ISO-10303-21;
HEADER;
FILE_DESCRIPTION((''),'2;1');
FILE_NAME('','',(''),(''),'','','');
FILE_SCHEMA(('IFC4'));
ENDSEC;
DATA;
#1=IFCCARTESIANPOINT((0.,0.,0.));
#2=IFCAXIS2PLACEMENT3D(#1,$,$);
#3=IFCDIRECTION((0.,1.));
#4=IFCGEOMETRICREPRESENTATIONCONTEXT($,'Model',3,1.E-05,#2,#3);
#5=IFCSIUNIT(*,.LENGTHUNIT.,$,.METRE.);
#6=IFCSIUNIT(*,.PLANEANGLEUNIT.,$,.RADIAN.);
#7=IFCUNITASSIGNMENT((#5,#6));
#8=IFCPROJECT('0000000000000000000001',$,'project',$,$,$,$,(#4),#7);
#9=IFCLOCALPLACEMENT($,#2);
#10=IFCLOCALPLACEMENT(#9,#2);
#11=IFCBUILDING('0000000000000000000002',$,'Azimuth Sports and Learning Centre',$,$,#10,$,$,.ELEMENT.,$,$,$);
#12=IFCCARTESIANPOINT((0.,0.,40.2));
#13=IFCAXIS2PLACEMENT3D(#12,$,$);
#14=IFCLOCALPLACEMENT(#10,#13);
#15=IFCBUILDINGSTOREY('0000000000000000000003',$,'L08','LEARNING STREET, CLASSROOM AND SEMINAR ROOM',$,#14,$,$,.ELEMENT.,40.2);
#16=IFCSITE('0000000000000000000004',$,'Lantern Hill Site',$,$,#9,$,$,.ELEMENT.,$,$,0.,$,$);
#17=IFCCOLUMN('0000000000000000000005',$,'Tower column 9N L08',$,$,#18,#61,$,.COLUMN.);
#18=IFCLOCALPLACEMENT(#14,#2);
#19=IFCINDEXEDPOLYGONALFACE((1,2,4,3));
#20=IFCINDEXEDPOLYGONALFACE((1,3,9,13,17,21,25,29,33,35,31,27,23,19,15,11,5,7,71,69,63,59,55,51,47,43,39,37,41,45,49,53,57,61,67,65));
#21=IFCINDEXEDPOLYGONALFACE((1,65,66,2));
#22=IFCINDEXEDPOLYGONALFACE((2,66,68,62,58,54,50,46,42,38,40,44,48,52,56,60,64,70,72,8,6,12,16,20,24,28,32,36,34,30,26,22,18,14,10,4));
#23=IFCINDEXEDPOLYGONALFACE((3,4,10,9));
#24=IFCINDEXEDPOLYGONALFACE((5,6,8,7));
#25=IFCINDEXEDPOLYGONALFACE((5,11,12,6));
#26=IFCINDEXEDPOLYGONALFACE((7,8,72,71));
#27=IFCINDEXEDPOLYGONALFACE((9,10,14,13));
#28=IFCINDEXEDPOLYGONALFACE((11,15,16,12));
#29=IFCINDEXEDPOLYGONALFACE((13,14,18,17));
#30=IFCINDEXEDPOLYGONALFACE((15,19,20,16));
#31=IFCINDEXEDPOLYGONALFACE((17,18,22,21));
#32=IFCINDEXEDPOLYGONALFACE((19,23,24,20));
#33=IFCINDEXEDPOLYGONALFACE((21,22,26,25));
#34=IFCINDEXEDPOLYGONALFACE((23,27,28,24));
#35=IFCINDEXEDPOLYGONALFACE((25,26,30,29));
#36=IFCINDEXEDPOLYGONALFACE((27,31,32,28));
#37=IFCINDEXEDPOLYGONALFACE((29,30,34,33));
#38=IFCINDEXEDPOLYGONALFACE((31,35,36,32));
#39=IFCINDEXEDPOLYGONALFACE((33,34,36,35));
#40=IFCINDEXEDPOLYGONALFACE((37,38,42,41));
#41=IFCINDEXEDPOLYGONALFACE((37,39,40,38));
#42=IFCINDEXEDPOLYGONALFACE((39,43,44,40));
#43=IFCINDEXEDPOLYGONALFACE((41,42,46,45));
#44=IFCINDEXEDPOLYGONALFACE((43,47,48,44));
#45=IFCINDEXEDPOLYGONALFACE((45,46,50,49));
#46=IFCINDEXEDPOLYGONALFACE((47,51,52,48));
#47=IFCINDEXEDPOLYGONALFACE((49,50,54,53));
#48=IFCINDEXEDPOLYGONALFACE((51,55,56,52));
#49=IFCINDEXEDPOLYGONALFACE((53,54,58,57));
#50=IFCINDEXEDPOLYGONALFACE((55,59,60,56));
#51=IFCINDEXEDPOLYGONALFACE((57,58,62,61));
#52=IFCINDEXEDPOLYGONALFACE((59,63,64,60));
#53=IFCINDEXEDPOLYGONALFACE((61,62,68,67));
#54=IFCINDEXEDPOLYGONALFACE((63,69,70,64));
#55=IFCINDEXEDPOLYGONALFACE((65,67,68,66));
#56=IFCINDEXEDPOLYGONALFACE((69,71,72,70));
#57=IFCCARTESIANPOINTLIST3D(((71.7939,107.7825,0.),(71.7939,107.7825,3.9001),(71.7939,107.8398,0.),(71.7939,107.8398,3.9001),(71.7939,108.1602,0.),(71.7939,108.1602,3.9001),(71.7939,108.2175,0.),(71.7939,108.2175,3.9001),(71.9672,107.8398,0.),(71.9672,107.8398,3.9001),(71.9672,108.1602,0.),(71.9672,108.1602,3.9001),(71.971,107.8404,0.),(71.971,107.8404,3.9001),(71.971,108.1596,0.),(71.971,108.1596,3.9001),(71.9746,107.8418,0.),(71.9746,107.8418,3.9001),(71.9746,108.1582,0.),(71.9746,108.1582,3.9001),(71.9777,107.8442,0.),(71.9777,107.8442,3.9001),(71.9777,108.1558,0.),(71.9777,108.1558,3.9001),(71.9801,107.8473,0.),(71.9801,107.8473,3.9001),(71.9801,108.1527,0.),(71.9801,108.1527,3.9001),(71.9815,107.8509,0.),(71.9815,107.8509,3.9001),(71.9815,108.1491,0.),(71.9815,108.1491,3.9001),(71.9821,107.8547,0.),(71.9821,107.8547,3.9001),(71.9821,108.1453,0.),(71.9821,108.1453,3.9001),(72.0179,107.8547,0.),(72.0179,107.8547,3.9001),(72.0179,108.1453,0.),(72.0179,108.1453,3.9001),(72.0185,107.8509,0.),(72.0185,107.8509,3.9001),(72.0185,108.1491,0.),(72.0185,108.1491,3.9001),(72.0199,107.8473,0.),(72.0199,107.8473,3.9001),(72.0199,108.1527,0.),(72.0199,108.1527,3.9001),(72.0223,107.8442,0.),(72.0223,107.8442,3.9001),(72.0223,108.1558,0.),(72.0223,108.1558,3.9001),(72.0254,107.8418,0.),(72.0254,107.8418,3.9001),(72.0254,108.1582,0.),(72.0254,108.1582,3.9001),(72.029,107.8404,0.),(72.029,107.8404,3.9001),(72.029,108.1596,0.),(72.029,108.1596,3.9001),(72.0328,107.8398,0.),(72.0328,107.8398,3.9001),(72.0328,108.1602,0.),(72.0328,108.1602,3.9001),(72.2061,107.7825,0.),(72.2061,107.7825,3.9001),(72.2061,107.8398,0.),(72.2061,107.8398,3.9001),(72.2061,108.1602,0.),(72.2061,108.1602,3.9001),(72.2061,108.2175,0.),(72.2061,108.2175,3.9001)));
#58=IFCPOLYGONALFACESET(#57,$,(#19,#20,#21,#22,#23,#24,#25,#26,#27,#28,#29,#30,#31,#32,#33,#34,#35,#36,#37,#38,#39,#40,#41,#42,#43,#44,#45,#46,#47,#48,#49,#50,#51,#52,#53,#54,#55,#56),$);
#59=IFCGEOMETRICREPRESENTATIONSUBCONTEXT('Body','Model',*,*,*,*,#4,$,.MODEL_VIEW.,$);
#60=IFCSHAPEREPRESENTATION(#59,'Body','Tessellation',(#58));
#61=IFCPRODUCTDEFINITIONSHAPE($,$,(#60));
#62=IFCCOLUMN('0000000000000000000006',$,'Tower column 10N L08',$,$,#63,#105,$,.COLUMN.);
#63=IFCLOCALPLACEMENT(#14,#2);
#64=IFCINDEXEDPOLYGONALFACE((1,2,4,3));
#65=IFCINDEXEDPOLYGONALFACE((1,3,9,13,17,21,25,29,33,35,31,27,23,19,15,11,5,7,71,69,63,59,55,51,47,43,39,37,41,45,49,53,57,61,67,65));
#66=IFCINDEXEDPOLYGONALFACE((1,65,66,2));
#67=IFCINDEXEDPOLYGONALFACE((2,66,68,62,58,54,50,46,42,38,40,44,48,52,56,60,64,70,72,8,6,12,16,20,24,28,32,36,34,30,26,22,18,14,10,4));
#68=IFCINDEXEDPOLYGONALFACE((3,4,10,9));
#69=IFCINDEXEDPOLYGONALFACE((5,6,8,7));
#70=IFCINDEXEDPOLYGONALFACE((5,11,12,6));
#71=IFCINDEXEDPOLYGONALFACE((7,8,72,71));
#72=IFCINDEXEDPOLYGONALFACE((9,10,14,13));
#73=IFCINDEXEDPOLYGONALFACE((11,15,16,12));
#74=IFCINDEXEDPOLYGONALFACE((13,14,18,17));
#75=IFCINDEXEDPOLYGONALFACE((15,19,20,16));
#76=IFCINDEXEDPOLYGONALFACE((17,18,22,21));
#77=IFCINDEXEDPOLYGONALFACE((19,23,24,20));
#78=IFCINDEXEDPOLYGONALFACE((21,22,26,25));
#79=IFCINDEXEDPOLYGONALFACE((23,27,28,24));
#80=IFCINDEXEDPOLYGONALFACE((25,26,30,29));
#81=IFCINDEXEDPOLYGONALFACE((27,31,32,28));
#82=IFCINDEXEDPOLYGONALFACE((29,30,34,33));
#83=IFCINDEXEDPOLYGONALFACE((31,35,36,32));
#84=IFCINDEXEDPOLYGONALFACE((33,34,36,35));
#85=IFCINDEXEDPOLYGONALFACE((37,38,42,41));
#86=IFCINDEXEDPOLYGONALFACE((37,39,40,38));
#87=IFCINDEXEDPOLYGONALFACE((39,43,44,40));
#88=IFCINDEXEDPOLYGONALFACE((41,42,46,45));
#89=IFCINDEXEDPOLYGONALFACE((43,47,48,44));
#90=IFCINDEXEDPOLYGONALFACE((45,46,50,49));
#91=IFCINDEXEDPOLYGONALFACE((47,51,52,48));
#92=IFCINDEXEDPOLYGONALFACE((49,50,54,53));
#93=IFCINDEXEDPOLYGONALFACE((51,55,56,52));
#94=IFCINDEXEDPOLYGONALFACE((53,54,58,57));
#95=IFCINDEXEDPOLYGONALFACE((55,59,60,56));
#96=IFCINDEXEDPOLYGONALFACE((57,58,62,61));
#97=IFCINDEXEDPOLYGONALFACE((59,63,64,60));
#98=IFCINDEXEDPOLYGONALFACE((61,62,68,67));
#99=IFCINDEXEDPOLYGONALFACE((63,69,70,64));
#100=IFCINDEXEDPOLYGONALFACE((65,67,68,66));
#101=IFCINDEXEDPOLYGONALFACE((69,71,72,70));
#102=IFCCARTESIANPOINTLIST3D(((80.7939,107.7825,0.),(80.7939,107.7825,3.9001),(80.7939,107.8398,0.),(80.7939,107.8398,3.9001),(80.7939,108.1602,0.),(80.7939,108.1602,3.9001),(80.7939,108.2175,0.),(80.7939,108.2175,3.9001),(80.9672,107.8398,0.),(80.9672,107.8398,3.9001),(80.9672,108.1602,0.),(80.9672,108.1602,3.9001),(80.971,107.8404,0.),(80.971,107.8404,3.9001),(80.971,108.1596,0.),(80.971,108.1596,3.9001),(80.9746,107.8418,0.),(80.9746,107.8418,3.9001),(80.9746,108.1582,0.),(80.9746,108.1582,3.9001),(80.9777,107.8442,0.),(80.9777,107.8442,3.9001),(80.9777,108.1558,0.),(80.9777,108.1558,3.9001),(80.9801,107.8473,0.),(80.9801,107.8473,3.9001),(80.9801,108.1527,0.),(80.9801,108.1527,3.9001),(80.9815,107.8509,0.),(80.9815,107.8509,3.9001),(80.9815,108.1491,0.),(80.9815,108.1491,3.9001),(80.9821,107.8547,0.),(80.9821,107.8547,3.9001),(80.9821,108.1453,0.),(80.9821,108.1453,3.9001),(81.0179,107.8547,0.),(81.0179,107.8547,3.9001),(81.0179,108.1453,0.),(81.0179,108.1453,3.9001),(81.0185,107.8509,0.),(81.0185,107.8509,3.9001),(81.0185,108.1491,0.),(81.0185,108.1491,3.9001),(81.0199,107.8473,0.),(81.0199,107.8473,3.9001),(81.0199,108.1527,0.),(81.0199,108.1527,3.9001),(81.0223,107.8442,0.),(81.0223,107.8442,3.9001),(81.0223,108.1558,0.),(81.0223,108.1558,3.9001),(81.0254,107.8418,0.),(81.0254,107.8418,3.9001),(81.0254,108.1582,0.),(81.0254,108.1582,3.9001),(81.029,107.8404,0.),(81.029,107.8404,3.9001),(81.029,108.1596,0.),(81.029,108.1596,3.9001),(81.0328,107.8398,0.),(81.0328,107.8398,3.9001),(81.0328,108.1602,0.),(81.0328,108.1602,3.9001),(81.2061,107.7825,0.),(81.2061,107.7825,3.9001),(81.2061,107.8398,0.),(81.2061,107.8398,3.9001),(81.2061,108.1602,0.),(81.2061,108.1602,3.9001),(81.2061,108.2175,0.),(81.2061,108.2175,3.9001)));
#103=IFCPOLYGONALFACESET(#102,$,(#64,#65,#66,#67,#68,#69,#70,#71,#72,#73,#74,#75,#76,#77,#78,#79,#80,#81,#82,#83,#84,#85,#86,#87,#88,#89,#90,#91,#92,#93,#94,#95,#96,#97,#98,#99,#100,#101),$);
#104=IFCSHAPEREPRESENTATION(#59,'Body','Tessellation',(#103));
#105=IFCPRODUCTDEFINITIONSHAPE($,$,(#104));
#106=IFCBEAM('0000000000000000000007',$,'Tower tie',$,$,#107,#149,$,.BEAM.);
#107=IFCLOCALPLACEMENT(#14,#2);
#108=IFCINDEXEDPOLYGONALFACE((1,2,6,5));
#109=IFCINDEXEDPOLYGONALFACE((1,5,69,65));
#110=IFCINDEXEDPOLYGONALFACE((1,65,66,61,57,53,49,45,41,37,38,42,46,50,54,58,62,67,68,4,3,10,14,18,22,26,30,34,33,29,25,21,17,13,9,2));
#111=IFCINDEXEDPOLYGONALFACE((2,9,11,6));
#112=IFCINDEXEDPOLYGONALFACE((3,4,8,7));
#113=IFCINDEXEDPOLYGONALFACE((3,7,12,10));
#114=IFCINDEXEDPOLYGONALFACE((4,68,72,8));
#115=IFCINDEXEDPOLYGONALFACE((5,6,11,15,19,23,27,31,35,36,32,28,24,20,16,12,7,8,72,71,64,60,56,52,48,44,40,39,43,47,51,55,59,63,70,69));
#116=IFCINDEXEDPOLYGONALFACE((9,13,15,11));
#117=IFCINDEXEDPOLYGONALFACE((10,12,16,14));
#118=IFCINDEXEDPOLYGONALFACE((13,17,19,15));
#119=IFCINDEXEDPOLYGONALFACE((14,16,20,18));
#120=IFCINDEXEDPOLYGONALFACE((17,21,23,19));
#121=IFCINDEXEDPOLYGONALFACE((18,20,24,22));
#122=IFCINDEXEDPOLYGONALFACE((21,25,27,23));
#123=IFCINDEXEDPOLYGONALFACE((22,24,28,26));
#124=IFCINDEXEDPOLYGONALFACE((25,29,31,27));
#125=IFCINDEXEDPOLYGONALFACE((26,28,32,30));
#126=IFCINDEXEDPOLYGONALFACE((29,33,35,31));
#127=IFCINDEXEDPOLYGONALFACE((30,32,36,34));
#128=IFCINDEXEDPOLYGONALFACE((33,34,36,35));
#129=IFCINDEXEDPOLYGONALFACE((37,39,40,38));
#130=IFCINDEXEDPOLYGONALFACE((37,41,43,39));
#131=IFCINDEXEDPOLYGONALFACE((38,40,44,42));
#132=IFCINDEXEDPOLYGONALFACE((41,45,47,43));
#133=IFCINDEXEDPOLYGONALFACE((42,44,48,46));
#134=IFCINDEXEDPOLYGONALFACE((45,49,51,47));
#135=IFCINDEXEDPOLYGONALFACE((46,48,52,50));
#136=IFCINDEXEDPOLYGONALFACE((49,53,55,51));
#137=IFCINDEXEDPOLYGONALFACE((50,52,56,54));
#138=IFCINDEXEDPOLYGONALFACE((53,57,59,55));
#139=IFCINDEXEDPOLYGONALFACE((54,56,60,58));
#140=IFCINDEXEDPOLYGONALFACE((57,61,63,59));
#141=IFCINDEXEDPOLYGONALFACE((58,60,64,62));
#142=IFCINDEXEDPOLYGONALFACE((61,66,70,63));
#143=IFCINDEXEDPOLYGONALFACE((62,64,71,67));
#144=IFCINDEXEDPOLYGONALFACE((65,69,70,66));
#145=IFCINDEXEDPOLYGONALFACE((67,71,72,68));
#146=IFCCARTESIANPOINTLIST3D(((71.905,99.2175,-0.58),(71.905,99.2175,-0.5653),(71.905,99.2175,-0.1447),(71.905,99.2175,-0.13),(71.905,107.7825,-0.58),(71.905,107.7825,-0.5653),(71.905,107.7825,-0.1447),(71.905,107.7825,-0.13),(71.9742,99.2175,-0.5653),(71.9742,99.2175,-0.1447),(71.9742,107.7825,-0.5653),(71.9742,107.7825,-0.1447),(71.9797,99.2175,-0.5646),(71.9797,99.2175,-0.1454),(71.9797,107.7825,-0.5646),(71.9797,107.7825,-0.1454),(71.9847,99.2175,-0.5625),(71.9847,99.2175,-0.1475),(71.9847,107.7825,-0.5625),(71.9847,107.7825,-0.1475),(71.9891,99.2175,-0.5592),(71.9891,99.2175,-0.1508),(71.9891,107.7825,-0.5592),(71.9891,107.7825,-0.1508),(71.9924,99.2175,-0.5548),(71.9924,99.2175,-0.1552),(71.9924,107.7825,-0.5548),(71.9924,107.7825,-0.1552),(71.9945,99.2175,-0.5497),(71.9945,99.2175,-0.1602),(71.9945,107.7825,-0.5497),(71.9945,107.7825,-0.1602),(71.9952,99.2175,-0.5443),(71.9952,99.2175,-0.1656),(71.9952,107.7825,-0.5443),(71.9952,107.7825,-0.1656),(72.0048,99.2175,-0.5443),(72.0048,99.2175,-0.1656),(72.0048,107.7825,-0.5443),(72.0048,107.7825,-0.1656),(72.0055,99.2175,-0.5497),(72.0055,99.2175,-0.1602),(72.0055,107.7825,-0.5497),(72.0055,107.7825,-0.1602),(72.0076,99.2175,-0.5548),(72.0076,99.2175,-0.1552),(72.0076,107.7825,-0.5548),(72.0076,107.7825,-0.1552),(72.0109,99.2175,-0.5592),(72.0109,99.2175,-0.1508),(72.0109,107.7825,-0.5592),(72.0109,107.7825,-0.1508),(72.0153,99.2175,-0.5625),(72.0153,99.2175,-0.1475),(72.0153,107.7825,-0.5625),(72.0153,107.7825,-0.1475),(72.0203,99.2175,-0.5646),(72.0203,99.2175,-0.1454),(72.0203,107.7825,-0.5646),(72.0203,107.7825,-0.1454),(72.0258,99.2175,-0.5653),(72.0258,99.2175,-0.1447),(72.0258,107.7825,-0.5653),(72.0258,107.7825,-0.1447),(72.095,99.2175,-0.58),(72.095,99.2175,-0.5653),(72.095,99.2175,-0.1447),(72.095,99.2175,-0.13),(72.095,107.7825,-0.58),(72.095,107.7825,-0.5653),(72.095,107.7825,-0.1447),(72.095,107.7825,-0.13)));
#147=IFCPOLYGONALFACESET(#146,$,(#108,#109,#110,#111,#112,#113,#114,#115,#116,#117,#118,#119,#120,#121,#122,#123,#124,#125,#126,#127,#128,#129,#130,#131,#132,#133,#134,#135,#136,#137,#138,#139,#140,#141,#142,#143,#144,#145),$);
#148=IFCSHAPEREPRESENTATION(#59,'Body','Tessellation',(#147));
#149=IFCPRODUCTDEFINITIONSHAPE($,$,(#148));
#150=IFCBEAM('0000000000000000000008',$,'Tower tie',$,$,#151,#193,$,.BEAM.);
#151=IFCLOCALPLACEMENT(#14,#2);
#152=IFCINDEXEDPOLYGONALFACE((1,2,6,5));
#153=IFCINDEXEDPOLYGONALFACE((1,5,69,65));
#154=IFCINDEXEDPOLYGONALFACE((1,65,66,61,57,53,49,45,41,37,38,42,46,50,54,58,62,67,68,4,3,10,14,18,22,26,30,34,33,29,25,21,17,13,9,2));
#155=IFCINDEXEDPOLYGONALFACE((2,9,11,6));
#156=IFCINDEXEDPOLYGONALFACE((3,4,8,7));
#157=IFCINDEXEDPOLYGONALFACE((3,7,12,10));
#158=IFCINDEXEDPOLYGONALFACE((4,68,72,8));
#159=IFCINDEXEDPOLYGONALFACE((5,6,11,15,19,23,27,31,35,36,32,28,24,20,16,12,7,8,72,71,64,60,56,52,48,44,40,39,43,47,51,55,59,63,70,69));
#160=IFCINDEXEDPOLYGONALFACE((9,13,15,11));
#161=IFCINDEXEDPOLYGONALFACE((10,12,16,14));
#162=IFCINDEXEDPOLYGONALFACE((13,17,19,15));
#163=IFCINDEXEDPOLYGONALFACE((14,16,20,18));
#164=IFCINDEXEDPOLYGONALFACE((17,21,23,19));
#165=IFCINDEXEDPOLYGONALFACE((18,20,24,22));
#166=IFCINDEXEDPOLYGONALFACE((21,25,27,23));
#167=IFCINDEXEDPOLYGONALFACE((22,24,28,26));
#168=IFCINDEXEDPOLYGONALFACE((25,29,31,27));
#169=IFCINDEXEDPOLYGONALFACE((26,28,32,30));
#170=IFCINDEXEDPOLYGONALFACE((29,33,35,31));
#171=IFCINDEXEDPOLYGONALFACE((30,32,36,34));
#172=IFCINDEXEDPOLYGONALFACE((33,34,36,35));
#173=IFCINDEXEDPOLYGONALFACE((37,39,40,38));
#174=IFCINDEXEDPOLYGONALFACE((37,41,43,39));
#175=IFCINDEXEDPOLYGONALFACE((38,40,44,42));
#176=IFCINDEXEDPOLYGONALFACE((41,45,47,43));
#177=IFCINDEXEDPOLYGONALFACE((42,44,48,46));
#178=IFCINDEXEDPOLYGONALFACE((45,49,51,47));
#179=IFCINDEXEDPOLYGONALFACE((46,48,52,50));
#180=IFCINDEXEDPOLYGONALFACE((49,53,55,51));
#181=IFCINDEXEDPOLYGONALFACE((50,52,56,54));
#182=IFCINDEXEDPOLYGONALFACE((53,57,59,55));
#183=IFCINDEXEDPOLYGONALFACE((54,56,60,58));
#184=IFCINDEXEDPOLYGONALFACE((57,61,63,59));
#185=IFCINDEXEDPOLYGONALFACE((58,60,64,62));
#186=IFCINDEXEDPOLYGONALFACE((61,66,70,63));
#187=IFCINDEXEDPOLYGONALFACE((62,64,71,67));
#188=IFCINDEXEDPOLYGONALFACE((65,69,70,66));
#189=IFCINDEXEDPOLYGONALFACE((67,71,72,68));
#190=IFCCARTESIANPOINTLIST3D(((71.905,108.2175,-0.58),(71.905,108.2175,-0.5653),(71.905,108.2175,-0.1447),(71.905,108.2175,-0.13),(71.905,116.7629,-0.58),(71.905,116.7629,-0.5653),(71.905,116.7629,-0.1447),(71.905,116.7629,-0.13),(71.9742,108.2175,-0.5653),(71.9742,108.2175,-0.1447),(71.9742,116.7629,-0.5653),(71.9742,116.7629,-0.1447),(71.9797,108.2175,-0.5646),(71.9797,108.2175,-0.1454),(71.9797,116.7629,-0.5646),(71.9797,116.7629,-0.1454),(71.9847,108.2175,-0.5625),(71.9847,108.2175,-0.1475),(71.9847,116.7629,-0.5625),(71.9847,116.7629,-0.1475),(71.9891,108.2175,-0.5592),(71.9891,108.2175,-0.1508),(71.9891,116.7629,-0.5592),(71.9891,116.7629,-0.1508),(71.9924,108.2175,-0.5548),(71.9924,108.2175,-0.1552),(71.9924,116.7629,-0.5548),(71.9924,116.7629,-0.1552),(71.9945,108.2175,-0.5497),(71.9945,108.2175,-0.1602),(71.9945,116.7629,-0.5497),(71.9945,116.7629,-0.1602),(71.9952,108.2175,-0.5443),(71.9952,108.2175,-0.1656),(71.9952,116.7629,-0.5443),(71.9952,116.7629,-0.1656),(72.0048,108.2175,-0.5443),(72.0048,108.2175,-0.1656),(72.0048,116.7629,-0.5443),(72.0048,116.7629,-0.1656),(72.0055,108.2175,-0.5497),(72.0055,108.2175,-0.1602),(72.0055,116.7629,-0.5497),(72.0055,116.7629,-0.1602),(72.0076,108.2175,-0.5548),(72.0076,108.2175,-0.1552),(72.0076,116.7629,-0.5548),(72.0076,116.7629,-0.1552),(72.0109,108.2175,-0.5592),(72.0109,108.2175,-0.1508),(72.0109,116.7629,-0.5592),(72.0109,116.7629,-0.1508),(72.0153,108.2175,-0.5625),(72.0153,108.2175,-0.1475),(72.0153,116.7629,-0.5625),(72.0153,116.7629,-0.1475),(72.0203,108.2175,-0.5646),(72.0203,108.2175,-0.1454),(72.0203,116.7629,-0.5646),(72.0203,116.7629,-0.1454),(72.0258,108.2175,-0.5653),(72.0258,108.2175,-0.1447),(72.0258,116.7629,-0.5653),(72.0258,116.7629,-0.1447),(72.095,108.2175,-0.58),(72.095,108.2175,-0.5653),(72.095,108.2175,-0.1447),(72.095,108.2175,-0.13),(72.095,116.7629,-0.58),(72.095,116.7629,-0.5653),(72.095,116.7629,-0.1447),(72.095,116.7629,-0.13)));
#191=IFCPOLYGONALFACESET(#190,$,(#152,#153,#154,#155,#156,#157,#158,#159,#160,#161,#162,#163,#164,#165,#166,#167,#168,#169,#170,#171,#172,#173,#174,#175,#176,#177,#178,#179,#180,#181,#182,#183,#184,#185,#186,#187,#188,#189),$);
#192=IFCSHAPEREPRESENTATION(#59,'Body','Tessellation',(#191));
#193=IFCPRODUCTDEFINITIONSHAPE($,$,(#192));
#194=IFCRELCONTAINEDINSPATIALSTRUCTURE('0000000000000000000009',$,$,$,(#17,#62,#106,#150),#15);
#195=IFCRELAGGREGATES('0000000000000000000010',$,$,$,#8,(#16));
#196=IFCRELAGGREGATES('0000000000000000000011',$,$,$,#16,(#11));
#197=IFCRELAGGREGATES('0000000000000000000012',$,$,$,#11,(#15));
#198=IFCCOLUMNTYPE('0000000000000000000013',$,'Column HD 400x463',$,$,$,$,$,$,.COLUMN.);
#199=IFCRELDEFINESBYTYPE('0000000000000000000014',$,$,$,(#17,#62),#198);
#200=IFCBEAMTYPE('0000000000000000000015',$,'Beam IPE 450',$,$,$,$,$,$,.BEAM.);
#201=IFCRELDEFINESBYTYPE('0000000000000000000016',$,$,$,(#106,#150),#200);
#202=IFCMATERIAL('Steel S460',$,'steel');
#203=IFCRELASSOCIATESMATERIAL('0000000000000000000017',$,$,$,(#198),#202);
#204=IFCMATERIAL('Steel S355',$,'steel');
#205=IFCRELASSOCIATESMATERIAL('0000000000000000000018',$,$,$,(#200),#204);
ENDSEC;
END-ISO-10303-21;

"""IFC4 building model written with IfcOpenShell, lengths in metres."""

from ifc_helpers import new_model, si_unit, direction, frame, origin, origin_2d, place, context, subcontext, project, spatial, i_section, extrude, material, material_profile, profile_set, type_object, element, save


model = new_model("IFC4")

# Units and contexts
model_context = context("Model", 3, precision=1e-05, world=origin(), true_north=direction((0.0, 1.0)))
body_context = subcontext(model_context, "Body", "Model", "MODEL_VIEW")
ifc_project = project(units=[si_unit("LENGTHUNIT", "METRE"), si_unit("PLANEANGLEUNIT", "RADIAN")], contexts=[model_context])

# Site, building, storey
site_placement = place(None, origin())
site = spatial("IfcSite", under=ifc_project, at=site_placement, Name="Lantern Hill Site", CompositionType="ELEMENT", RefElevation=0.0)
building_placement = place(site_placement, origin())
building = spatial("IfcBuilding", under=site, at=building_placement, Name="Azimuth Sports and Learning Centre", CompositionType="ELEMENT")
storey_placement = place(building_placement, frame((0.0, 0.0, 40.2)))
storey = spatial("IfcBuildingStorey", under=building, at=storey_placement, Name="L08", Description="LEARNING STREET, CLASSROOM AND SEMINAR ROOM", CompositionType="ELEMENT", Elevation=40.2)

# Columns
ifc_material_1 = material(Name="Steel S460", Category="steel")
ifc_material_profile_1 = material_profile(ifc_material_1, i_section(OverallWidth=0.4121, OverallDepth=0.4351, WebThickness=0.0359, FlangeThickness=0.0574, FilletRadius=0.0149, at=origin_2d()), Name="HD 400x463")
ifc_profile_set_1 = profile_set([ifc_material_profile_1], Name="Steel S460")
column_type = type_object("IfcColumnType", Name="Column HD 400x463", PredefinedType="COLUMN", material=ifc_profile_set_1)
for number, where, z_axis, x_axis, name in (
    (1, (72.0, 108.0, 0.0), (0.0, 0.0, 1.0), (1.0, 0.0, 0.0), "Tower column 9N L08"),
    (2, (81.0, 108.0, 0.0), (0.0, 0.0, 1.0), (1.0, 0.0, 0.0), "Tower column 10N L08"),
):
    element("IfcColumn", number, at=place(storey_placement, frame(where, z_axis=z_axis, x_axis=x_axis)), inside=storey, type_object=column_type, Name=name, PredefinedType="COLUMN", context=body_context, shape_type="SweptSolid", body=[
        extrude(i_section(OverallWidth=0.4121, OverallDepth=0.4351, WebThickness=0.0359, FlangeThickness=0.0574, FilletRadius=0.0149, at=origin_2d()), origin(), (0.0, 0.0, 1.0), 3.9001),
    ])

# Beams
ifc_material_2 = material(Name="Steel S355", Category="steel")
ifc_material_profile_2 = material_profile(ifc_material_2, i_section(OverallWidth=0.1899, OverallDepth=0.45, WebThickness=0.0095, FlangeThickness=0.0146, FilletRadius=0.021, at=origin_2d()), Name="IPE 450")
ifc_profile_set_2 = profile_set([ifc_material_profile_2], Name="Steel S355")
beam_type_1 = type_object("IfcBeamType", Name="Beam IPE 450", PredefinedType="BEAM", material=ifc_profile_set_2)
beam_1_placement = place(storey_placement, frame((72.0, 99.2175, -0.355), z_axis=(0.0, 1.0, 0.0), x_axis=(-1.0, 0.0, 0.0)))
element("IfcBeam", 3, at=beam_1_placement, inside=storey, type_object=beam_type_1, Name="Tower tie", PredefinedType="BEAM", context=body_context, shape_type="SweptSolid", body=[
    extrude(i_section(OverallWidth=0.1899, OverallDepth=0.45, WebThickness=0.0095, FlangeThickness=0.0146, FilletRadius=0.021, at=origin_2d()), origin(), (0.0, 0.0, 1.0), 8.5649),
])
beam_2_placement = place(storey_placement, frame((72.0, 108.2175, -0.355), z_axis=(0.0, 1.0, 0.0), x_axis=(-1.0, 0.0, 0.0)))
element("IfcBeam", 4, at=beam_2_placement, inside=storey, type_object=beam_type_1, Name="Tower tie", PredefinedType="BEAM", context=body_context, shape_type="SweptSolid", body=[
    extrude(i_section(OverallWidth=0.1899, OverallDepth=0.45, WebThickness=0.0095, FlangeThickness=0.0146, FilletRadius=0.021, at=origin_2d()), origin(), (0.0, 0.0, 1.0), 8.5454),
])

save(model, "model.ifc")
